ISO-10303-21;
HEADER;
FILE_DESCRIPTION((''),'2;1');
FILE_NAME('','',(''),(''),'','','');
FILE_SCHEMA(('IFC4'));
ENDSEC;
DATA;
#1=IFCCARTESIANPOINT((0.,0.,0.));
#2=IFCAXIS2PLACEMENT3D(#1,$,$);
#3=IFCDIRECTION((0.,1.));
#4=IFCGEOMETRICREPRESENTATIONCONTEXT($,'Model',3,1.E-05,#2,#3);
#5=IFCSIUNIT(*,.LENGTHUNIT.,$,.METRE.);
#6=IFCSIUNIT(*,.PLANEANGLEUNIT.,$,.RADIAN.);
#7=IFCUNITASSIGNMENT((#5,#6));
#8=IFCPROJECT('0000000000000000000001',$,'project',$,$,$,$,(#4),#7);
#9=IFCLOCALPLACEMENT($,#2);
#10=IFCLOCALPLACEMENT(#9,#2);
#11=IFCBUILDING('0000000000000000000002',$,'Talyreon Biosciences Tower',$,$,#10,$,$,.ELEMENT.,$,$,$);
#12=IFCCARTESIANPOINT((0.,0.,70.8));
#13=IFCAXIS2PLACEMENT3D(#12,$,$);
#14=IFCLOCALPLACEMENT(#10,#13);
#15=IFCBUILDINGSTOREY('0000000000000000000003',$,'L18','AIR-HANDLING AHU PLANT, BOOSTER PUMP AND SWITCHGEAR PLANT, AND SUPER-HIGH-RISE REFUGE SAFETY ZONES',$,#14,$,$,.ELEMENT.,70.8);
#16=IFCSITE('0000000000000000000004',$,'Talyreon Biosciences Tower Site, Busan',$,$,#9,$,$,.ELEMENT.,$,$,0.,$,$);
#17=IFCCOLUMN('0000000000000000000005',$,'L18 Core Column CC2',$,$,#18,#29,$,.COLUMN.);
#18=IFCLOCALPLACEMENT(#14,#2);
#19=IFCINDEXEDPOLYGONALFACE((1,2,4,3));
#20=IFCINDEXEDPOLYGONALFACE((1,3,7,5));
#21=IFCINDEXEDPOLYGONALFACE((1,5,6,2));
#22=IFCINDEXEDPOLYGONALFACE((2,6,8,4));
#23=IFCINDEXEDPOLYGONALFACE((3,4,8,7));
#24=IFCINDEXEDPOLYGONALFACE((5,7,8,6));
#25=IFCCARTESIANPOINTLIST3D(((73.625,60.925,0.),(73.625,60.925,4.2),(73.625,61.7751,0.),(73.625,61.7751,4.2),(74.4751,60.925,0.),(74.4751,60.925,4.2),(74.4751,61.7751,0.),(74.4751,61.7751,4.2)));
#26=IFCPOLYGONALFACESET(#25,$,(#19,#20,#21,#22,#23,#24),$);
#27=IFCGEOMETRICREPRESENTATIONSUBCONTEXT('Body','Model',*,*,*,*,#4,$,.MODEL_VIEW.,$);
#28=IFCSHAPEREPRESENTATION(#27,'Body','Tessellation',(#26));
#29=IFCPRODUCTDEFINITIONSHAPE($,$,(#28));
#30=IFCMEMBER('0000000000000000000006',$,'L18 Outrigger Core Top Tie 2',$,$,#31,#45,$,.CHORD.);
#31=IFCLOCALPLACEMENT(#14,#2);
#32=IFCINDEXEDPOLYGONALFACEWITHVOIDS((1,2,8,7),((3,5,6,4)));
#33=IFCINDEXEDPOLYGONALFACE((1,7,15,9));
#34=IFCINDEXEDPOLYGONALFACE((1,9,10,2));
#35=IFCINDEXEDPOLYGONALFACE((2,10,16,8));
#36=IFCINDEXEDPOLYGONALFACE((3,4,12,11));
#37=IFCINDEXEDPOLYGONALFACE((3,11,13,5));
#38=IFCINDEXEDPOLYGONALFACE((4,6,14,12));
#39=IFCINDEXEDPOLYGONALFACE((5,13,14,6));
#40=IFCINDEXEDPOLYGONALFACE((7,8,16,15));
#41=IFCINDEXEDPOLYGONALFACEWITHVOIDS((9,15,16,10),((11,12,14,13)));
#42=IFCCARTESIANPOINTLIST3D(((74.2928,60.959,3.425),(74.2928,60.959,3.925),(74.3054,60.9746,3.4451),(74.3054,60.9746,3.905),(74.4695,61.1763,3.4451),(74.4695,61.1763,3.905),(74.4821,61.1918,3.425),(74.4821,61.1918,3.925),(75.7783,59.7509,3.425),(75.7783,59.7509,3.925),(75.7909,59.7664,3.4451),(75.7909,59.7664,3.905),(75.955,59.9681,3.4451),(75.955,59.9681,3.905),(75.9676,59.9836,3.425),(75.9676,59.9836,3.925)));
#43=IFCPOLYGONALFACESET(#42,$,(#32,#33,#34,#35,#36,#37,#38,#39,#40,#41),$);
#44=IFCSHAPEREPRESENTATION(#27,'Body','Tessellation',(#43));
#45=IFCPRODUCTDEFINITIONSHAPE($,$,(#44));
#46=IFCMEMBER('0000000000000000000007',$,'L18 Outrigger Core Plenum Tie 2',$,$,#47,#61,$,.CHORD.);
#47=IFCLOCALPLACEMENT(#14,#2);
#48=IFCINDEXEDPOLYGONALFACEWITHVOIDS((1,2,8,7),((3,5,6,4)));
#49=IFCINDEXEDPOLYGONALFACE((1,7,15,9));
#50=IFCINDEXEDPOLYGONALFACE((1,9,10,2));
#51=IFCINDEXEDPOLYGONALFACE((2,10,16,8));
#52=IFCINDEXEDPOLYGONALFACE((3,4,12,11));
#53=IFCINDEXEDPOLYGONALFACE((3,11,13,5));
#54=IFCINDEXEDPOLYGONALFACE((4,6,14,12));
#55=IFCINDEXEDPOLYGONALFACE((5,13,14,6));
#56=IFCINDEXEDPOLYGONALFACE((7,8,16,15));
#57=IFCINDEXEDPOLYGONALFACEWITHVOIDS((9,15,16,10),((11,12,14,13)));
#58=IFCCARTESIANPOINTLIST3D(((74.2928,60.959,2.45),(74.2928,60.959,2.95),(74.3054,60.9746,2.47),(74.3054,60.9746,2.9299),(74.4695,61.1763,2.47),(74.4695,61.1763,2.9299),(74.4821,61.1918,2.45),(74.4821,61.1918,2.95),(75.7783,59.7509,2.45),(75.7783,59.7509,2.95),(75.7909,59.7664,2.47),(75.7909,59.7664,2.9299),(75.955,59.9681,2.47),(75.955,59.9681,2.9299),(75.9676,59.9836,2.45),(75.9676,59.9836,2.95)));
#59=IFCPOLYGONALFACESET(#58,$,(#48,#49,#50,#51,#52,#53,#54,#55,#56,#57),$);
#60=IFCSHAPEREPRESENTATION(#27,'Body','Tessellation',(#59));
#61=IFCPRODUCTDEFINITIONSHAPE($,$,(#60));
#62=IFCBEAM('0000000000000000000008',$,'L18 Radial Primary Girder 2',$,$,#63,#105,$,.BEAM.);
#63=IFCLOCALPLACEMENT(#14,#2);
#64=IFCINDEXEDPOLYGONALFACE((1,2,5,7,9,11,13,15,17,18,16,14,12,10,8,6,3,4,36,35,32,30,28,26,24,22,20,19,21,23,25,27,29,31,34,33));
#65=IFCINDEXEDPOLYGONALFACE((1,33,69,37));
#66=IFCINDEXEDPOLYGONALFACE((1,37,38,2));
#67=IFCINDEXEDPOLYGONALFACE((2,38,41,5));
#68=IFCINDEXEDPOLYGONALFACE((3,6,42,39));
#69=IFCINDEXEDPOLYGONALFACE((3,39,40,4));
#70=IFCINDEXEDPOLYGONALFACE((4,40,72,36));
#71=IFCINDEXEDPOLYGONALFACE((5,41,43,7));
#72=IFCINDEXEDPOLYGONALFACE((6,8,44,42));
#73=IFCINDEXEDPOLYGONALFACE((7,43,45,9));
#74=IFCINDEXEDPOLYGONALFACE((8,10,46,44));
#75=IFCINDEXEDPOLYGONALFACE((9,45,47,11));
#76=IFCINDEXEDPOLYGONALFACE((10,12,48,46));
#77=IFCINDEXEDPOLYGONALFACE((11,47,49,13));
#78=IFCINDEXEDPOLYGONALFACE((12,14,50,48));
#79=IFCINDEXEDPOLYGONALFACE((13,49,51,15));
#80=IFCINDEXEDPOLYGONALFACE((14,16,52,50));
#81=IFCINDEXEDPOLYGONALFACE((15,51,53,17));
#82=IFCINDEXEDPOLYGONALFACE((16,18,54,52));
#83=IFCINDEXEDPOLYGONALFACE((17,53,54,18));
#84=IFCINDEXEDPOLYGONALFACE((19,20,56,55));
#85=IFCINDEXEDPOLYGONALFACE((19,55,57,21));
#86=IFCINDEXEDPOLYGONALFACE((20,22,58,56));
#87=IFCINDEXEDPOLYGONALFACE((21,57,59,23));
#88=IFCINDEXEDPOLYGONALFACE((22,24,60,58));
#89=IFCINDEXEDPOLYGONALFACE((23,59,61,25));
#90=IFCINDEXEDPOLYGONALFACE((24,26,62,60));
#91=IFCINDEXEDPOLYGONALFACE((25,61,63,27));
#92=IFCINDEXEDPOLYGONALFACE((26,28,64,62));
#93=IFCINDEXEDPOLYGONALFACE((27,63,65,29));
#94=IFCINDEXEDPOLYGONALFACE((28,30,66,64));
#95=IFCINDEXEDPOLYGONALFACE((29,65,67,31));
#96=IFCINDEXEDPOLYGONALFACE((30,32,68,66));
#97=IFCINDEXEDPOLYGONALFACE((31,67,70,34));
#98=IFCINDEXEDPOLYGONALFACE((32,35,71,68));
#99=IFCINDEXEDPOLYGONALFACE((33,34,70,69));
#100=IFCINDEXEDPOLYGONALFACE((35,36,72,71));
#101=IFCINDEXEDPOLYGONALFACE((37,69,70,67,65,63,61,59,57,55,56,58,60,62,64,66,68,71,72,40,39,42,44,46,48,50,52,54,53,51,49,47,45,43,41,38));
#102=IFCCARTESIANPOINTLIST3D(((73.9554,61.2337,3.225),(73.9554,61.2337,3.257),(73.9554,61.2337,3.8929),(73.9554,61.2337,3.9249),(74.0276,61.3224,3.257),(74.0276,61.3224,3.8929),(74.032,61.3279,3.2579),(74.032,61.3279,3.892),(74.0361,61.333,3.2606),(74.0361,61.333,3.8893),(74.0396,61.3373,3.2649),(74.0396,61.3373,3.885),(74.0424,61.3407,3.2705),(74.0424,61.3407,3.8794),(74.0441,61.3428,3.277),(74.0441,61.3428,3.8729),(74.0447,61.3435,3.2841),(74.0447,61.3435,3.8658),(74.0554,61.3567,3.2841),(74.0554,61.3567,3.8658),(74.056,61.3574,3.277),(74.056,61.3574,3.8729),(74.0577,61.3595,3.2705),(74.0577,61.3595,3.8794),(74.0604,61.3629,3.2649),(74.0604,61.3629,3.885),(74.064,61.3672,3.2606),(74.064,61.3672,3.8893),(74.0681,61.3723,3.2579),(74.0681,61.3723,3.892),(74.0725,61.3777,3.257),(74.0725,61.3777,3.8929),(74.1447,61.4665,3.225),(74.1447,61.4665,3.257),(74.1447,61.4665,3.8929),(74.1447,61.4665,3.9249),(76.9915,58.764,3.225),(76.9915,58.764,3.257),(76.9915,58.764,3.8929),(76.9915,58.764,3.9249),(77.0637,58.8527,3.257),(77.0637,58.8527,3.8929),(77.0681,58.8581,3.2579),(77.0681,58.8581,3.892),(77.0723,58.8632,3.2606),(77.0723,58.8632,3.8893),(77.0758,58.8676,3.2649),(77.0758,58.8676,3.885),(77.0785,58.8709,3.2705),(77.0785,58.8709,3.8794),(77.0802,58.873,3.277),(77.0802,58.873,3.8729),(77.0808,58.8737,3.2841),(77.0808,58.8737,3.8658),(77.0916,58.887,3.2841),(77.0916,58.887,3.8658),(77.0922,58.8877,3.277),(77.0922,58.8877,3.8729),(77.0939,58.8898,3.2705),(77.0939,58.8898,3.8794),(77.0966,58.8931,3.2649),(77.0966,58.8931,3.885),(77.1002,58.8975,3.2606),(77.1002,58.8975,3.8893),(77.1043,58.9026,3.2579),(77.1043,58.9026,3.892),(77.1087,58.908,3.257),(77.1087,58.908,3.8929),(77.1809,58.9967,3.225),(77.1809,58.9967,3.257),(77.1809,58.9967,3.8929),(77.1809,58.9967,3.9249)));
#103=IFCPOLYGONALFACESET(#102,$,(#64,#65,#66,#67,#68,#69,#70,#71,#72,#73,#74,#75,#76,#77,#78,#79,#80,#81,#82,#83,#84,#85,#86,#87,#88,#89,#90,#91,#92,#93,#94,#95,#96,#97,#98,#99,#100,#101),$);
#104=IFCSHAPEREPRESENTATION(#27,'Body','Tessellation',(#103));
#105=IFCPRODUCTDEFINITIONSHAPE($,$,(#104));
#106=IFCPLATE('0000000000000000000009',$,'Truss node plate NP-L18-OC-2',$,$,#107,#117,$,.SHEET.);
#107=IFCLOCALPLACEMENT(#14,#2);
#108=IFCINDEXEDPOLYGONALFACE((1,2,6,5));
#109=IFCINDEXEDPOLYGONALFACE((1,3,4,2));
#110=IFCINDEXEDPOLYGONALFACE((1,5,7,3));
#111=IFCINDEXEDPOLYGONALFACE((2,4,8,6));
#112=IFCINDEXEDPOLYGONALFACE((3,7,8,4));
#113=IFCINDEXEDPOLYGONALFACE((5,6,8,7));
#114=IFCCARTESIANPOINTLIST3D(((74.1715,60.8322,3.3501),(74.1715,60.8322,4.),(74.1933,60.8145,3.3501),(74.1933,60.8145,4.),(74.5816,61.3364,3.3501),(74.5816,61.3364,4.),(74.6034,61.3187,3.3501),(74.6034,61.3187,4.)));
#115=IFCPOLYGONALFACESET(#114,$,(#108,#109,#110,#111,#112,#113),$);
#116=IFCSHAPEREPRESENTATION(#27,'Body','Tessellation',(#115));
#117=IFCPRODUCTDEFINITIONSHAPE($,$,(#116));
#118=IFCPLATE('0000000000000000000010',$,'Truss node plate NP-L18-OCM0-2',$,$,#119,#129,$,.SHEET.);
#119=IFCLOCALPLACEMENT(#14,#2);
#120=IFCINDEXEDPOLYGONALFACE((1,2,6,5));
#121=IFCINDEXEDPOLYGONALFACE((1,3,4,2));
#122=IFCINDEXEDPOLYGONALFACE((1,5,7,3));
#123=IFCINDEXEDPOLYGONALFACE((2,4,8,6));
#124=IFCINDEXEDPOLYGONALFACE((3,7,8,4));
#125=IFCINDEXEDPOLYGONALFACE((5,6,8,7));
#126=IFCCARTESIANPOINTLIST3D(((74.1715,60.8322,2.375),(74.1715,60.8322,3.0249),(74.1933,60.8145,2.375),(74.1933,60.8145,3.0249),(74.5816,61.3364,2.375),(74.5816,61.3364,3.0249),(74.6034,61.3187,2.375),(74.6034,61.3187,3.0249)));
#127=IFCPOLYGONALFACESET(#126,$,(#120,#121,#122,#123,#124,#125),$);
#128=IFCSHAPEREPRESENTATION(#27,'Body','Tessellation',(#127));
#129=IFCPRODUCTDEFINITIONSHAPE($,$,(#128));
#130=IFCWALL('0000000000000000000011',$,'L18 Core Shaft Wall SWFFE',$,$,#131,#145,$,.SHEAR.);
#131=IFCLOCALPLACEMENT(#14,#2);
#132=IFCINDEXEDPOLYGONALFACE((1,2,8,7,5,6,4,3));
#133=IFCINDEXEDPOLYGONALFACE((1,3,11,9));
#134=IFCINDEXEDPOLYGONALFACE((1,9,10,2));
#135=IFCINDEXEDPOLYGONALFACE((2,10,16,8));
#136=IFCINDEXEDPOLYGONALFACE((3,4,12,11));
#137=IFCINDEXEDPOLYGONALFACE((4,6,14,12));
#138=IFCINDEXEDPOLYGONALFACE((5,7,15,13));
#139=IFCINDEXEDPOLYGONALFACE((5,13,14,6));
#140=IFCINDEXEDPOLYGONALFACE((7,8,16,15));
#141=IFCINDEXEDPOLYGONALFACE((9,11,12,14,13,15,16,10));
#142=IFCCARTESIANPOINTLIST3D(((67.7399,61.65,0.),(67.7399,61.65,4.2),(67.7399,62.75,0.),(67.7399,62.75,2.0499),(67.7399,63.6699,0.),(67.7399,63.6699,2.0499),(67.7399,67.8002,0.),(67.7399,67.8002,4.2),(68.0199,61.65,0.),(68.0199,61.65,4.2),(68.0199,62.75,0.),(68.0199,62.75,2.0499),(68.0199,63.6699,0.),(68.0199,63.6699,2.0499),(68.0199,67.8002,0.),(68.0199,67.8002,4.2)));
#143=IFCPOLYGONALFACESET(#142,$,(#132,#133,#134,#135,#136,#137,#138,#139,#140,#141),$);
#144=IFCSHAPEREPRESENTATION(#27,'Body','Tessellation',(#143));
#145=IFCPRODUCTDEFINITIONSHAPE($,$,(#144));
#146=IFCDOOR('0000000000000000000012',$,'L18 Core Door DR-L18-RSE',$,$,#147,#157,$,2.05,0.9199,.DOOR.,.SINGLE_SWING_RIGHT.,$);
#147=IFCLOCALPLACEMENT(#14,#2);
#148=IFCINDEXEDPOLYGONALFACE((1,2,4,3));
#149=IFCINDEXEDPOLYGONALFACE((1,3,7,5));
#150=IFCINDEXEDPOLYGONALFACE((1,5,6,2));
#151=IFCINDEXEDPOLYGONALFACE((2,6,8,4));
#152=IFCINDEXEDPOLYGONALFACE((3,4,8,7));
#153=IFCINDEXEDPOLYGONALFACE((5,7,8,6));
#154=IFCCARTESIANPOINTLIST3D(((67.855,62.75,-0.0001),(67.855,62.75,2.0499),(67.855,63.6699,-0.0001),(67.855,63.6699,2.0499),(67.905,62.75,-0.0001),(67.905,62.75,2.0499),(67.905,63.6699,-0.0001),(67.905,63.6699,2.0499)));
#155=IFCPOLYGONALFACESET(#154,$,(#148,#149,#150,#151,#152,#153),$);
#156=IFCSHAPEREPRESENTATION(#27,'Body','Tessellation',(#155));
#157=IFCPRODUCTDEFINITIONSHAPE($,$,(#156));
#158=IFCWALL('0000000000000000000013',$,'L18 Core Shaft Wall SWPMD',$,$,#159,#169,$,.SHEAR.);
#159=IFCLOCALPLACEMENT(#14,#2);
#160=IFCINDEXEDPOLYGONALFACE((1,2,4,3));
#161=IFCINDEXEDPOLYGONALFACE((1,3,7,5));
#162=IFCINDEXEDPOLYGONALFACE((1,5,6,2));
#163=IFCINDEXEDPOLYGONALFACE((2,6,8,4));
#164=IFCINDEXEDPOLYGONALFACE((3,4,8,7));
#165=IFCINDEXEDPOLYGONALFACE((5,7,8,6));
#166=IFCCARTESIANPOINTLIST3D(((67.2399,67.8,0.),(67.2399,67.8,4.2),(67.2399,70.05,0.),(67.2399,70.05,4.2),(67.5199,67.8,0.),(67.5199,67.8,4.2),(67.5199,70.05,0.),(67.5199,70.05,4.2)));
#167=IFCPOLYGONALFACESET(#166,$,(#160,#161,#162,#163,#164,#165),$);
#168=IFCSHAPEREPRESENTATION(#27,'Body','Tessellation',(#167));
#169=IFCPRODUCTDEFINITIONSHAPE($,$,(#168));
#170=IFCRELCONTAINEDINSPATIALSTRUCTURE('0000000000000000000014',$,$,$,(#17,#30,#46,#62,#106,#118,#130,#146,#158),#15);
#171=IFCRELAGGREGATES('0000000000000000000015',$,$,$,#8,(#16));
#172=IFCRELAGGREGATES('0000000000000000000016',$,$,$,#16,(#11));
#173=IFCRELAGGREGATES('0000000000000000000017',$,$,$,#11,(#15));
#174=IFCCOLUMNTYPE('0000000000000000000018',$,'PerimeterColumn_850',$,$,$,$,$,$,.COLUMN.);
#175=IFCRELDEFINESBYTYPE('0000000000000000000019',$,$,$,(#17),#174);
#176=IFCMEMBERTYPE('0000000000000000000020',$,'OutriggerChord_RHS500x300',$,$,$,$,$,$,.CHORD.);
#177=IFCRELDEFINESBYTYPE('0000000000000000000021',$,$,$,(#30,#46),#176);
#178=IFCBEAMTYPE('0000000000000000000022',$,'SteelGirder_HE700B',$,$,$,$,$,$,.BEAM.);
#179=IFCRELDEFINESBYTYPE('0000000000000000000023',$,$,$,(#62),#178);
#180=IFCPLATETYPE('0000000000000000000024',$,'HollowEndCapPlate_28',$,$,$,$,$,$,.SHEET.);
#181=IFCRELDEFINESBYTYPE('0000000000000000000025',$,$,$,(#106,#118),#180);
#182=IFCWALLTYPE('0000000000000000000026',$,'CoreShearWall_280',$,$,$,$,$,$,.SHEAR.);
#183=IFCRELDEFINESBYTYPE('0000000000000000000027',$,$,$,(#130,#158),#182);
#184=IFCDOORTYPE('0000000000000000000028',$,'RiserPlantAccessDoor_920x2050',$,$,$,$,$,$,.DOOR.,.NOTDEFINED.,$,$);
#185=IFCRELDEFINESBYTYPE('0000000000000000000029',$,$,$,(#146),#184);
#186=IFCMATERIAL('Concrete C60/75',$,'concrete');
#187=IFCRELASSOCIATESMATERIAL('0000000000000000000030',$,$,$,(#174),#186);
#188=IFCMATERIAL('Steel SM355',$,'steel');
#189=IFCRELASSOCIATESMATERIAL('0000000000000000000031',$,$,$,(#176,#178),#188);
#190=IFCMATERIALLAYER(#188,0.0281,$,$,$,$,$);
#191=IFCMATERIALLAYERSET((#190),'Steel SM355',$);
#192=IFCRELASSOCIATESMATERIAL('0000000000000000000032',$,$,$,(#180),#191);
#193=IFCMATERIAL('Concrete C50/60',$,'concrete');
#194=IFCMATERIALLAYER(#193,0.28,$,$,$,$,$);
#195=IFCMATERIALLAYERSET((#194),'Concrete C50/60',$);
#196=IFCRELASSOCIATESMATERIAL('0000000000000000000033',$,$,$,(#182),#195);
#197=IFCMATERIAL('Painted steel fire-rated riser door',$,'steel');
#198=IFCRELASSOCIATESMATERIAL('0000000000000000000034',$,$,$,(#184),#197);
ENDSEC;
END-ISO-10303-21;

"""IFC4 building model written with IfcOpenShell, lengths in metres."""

from ifc_helpers import new_model, si_unit, direction, frame, frame_2d, origin, origin_2d, place, context, subcontext, project, spatial, rectangle, hollow_rectangle, i_section, extrude, material, layer, layer_set, material_profile, profile_set, type_object, element, fill, save


model = new_model("IFC4")

# Units and contexts
model_context = context("Model", 3, precision=1e-05, world=origin(), true_north=direction((0.0, 1.0)))
body_context = subcontext(model_context, "Body", "Model", "MODEL_VIEW")
ifc_project = project(units=[si_unit("LENGTHUNIT", "METRE"), si_unit("PLANEANGLEUNIT", "RADIAN")], contexts=[model_context])

# Site, building, storey
site_placement = place(None, origin())
site = spatial("IfcSite", under=ifc_project, at=site_placement, Name="Talyreon Biosciences Tower Site, Busan", CompositionType="ELEMENT", RefElevation=0.0)
building_placement = place(site_placement, origin())
building = spatial("IfcBuilding", under=site, at=building_placement, Name="Talyreon Biosciences Tower", CompositionType="ELEMENT")
storey_placement = place(building_placement, frame((0.0, 0.0, 70.8)))
storey = spatial("IfcBuildingStorey", under=building, at=storey_placement, Name="L18", Description="AIR-HANDLING AHU PLANT, BOOSTER PUMP AND SWITCHGEAR PLANT, AND SUPER-HIGH-RISE REFUGE SAFETY ZONES", CompositionType="ELEMENT", Elevation=70.8)

# Column
ifc_material_1 = material(Name="Concrete C60/75", Category="concrete")
ifc_material_profile_1 = material_profile(ifc_material_1, rectangle(XDim=0.8501, YDim=0.8501, at=origin_2d()), Name="RC 850x850")
ifc_profile_set_1 = profile_set([ifc_material_profile_1], Name="Concrete C60/75")
column_type = type_object("IfcColumnType", Name="PerimeterColumn_850", PredefinedType="COLUMN", material=ifc_profile_set_1)
column_placement = place(storey_placement, frame((74.05, 61.3501, 0.0), z_axis=(0.0, 0.0, 1.0), x_axis=(1.0, 0.0, 0.0)))
element("IfcColumn", 1, at=column_placement, inside=storey, type_object=column_type, Name="L18 Core Column CC2", PredefinedType="COLUMN", context=body_context, shape_type="SweptSolid", body=[
    extrude(rectangle(XDim=0.8501, YDim=0.8501, at=origin_2d()), origin(), (0.0, 0.0, 1.0), 4.2),
])

# Members
ifc_material_2 = material(Name="Steel SM355", Category="steel")
ifc_material_profile_2 = material_profile(ifc_material_2, hollow_rectangle(XDim=0.3, YDim=0.5, WallThickness=0.02, at=origin_2d()), Name="RHS 500x300x20")
ifc_profile_set_2 = profile_set([ifc_material_profile_2], Name="Steel SM355")
member_type = type_object("IfcMemberType", Name="OutriggerChord_RHS500x300", PredefinedType="CHORD", material=ifc_profile_set_2)
for number, where, z_axis, x_axis, name in (
    (2, (74.3875, 61.0754, 3.675), (0.775806, -0.630972, 0.0), (0.630972, 0.775806, 0.0), "L18 Outrigger Core Top Tie 2"),
    (3, (74.3875, 61.0754, 2.7), (0.775806, -0.630972, 0.0), (0.630972, 0.775806, 0.0), "L18 Outrigger Core Plenum Tie 2"),
):
    element("IfcMember", number, at=place(storey_placement, frame(where, z_axis=z_axis, x_axis=x_axis)), inside=storey, type_object=member_type, Name=name, PredefinedType="CHORD", context=body_context, shape_type="SweptSolid", body=[
        extrude(hollow_rectangle(XDim=0.3, YDim=0.5, WallThickness=0.02, at=origin_2d()), origin(), (0.0, 0.0, 1.0), 1.9148),
    ])

# Beam
ifc_material_profile_3 = material_profile(ifc_material_2, i_section(OverallWidth=0.3, OverallDepth=0.7, WebThickness=0.0171, FlangeThickness=0.032, FilletRadius=0.0271, at=origin_2d()), Name="HE700B")
ifc_profile_set_3 = profile_set([ifc_material_profile_3], Name="Steel SM355")
beam_type = type_object("IfcBeamType", Name="SteelGirder_HE700B", PredefinedType="BEAM", material=ifc_profile_set_3)
beam_placement = place(storey_placement, frame((74.05, 61.3501, 3.575), z_axis=(0.775755, -0.631034, 0.0), x_axis=(0.631034, 0.775755, 0.0)))
element("IfcBeam", 4, at=beam_placement, inside=storey, type_object=beam_type, Name="L18 Radial Primary Girder 2", PredefinedType="BEAM", context=body_context, shape_type="SweptSolid", body=[
    extrude(i_section(OverallWidth=0.3, OverallDepth=0.7, WebThickness=0.0171, FlangeThickness=0.032, FilletRadius=0.0271, at=origin_2d()), origin(), (0.0, 0.0, 1.0), 3.9138),
])

# Plates
ifc_layer_1 = layer(ifc_material_2, 0.0281)
ifc_layer_set_1 = layer_set([ifc_layer_1], Name="Steel SM355")
plate_type = type_object("IfcPlateType", Name="HollowEndCapPlate_28", PredefinedType="SHEET", material=ifc_layer_set_1)
for number, where, z_axis, x_axis, name in (
    (5, (74.3875, 61.0754, 3.3501), (0.0, 0.0, 1.0), (0.631001, 0.775782, 0.0), "Truss node plate NP-L18-OC-2"),
    (6, (74.3875, 61.0754, 2.375), (0.0, 0.0, 1.0), (0.631001, 0.775782, 0.0), "Truss node plate NP-L18-OCM0-2"),
):
    element("IfcPlate", number, at=place(storey_placement, frame(where, z_axis=z_axis, x_axis=x_axis)), inside=storey, type_object=plate_type, Name=name, PredefinedType="SHEET", context=body_context, shape_type="SweptSolid", body=[
        extrude(rectangle(XDim=0.6499, YDim=0.0281, at=origin_2d()), origin(), (0.0, 0.0, 1.0), 0.6499),
    ])

# Wall, opening, door
ifc_material_3 = material(Name="Concrete C50/60", Category="concrete")
ifc_layer_2 = layer(ifc_material_3, 0.28)
ifc_layer_set_2 = layer_set([ifc_layer_2], Name="Concrete C50/60")
wall_type_1 = type_object("IfcWallType", Name="CoreShearWall_280", PredefinedType="SHEAR", material=ifc_layer_set_2)
wall_1_placement = place(storey_placement, frame((67.8799, 61.6499, 0.0), z_axis=(0.0, 0.0, 1.0), x_axis=(0.0, 1.0, 0.0)))
wall_1 = element("IfcWall", 7, at=wall_1_placement, inside=storey, type_object=wall_type_1, Name="L18 Core Shaft Wall SWFFE", PredefinedType="SHEAR", context=body_context, shape_type="SweptSolid", body=[
    extrude(rectangle(XDim=6.1501, YDim=0.28, at=frame_2d((3.0752, 0.0))), origin(), (0.0, 0.0, 1.0), 4.2),
])
opening_1_placement = place(wall_1_placement, frame((1.1001, 0.0, 0.0)))
opening_1 = element("IfcOpeningElement", 8, at=opening_1_placement, cuts=wall_1, PredefinedType="OPENING", context=body_context, shape_type="SweptSolid", body=[
    extrude(rectangle(XDim=0.9199, YDim=2.05, at=frame_2d((0.46, 1.0249))), frame((0.0, 0.1499, 0.0), z_axis=(0.0, -1.0, 0.0), x_axis=(1.0, 0.0, 0.0)), (0.0, 0.0, 1.0), 0.3),
])
ifc_material_4 = material(Name="Painted steel fire-rated riser door", Category="steel")
door_type = type_object("IfcDoorType", Name="RiserPlantAccessDoor_920x2050", OperationType="NOTDEFINED", PredefinedType="DOOR", material=ifc_material_4)
door_1_placement = place(opening_1_placement, origin())
door_1 = element("IfcDoor", 9, at=door_1_placement, inside=storey, type_object=door_type, Name="L18 Core Door DR-L18-RSE", OperationType="SINGLE_SWING_RIGHT", OverallHeight=2.05, OverallWidth=0.9199, PredefinedType="DOOR", context=body_context, shape_type="SweptSolid", body=[
    extrude(rectangle(XDim=0.9199, YDim=2.05, at=frame_2d((0.46, 1.0249))), frame((0.0, 0.0249, 0.0), z_axis=(0.0, -1.0, 0.0), x_axis=(1.0, 0.0, 0.0)), (0.0, 0.0, 1.0), 0.05),
])
fill(opening_1, door_1)

# Wall
wall_2_placement = place(storey_placement, frame((67.3799, 67.8, 0.0), z_axis=(0.0, 0.0, 1.0), x_axis=(0.0, 1.0, 0.0)))
element("IfcWall", 10, at=wall_2_placement, inside=storey, type_object=wall_type_1, Name="L18 Core Shaft Wall SWPMD", PredefinedType="SHEAR", context=body_context, shape_type="SweptSolid", body=[
    extrude(rectangle(XDim=2.25, YDim=0.28, at=frame_2d((1.125, 0.0))), origin(), (0.0, 0.0, 1.0), 4.2),
])

save(model, "model.ifc")
